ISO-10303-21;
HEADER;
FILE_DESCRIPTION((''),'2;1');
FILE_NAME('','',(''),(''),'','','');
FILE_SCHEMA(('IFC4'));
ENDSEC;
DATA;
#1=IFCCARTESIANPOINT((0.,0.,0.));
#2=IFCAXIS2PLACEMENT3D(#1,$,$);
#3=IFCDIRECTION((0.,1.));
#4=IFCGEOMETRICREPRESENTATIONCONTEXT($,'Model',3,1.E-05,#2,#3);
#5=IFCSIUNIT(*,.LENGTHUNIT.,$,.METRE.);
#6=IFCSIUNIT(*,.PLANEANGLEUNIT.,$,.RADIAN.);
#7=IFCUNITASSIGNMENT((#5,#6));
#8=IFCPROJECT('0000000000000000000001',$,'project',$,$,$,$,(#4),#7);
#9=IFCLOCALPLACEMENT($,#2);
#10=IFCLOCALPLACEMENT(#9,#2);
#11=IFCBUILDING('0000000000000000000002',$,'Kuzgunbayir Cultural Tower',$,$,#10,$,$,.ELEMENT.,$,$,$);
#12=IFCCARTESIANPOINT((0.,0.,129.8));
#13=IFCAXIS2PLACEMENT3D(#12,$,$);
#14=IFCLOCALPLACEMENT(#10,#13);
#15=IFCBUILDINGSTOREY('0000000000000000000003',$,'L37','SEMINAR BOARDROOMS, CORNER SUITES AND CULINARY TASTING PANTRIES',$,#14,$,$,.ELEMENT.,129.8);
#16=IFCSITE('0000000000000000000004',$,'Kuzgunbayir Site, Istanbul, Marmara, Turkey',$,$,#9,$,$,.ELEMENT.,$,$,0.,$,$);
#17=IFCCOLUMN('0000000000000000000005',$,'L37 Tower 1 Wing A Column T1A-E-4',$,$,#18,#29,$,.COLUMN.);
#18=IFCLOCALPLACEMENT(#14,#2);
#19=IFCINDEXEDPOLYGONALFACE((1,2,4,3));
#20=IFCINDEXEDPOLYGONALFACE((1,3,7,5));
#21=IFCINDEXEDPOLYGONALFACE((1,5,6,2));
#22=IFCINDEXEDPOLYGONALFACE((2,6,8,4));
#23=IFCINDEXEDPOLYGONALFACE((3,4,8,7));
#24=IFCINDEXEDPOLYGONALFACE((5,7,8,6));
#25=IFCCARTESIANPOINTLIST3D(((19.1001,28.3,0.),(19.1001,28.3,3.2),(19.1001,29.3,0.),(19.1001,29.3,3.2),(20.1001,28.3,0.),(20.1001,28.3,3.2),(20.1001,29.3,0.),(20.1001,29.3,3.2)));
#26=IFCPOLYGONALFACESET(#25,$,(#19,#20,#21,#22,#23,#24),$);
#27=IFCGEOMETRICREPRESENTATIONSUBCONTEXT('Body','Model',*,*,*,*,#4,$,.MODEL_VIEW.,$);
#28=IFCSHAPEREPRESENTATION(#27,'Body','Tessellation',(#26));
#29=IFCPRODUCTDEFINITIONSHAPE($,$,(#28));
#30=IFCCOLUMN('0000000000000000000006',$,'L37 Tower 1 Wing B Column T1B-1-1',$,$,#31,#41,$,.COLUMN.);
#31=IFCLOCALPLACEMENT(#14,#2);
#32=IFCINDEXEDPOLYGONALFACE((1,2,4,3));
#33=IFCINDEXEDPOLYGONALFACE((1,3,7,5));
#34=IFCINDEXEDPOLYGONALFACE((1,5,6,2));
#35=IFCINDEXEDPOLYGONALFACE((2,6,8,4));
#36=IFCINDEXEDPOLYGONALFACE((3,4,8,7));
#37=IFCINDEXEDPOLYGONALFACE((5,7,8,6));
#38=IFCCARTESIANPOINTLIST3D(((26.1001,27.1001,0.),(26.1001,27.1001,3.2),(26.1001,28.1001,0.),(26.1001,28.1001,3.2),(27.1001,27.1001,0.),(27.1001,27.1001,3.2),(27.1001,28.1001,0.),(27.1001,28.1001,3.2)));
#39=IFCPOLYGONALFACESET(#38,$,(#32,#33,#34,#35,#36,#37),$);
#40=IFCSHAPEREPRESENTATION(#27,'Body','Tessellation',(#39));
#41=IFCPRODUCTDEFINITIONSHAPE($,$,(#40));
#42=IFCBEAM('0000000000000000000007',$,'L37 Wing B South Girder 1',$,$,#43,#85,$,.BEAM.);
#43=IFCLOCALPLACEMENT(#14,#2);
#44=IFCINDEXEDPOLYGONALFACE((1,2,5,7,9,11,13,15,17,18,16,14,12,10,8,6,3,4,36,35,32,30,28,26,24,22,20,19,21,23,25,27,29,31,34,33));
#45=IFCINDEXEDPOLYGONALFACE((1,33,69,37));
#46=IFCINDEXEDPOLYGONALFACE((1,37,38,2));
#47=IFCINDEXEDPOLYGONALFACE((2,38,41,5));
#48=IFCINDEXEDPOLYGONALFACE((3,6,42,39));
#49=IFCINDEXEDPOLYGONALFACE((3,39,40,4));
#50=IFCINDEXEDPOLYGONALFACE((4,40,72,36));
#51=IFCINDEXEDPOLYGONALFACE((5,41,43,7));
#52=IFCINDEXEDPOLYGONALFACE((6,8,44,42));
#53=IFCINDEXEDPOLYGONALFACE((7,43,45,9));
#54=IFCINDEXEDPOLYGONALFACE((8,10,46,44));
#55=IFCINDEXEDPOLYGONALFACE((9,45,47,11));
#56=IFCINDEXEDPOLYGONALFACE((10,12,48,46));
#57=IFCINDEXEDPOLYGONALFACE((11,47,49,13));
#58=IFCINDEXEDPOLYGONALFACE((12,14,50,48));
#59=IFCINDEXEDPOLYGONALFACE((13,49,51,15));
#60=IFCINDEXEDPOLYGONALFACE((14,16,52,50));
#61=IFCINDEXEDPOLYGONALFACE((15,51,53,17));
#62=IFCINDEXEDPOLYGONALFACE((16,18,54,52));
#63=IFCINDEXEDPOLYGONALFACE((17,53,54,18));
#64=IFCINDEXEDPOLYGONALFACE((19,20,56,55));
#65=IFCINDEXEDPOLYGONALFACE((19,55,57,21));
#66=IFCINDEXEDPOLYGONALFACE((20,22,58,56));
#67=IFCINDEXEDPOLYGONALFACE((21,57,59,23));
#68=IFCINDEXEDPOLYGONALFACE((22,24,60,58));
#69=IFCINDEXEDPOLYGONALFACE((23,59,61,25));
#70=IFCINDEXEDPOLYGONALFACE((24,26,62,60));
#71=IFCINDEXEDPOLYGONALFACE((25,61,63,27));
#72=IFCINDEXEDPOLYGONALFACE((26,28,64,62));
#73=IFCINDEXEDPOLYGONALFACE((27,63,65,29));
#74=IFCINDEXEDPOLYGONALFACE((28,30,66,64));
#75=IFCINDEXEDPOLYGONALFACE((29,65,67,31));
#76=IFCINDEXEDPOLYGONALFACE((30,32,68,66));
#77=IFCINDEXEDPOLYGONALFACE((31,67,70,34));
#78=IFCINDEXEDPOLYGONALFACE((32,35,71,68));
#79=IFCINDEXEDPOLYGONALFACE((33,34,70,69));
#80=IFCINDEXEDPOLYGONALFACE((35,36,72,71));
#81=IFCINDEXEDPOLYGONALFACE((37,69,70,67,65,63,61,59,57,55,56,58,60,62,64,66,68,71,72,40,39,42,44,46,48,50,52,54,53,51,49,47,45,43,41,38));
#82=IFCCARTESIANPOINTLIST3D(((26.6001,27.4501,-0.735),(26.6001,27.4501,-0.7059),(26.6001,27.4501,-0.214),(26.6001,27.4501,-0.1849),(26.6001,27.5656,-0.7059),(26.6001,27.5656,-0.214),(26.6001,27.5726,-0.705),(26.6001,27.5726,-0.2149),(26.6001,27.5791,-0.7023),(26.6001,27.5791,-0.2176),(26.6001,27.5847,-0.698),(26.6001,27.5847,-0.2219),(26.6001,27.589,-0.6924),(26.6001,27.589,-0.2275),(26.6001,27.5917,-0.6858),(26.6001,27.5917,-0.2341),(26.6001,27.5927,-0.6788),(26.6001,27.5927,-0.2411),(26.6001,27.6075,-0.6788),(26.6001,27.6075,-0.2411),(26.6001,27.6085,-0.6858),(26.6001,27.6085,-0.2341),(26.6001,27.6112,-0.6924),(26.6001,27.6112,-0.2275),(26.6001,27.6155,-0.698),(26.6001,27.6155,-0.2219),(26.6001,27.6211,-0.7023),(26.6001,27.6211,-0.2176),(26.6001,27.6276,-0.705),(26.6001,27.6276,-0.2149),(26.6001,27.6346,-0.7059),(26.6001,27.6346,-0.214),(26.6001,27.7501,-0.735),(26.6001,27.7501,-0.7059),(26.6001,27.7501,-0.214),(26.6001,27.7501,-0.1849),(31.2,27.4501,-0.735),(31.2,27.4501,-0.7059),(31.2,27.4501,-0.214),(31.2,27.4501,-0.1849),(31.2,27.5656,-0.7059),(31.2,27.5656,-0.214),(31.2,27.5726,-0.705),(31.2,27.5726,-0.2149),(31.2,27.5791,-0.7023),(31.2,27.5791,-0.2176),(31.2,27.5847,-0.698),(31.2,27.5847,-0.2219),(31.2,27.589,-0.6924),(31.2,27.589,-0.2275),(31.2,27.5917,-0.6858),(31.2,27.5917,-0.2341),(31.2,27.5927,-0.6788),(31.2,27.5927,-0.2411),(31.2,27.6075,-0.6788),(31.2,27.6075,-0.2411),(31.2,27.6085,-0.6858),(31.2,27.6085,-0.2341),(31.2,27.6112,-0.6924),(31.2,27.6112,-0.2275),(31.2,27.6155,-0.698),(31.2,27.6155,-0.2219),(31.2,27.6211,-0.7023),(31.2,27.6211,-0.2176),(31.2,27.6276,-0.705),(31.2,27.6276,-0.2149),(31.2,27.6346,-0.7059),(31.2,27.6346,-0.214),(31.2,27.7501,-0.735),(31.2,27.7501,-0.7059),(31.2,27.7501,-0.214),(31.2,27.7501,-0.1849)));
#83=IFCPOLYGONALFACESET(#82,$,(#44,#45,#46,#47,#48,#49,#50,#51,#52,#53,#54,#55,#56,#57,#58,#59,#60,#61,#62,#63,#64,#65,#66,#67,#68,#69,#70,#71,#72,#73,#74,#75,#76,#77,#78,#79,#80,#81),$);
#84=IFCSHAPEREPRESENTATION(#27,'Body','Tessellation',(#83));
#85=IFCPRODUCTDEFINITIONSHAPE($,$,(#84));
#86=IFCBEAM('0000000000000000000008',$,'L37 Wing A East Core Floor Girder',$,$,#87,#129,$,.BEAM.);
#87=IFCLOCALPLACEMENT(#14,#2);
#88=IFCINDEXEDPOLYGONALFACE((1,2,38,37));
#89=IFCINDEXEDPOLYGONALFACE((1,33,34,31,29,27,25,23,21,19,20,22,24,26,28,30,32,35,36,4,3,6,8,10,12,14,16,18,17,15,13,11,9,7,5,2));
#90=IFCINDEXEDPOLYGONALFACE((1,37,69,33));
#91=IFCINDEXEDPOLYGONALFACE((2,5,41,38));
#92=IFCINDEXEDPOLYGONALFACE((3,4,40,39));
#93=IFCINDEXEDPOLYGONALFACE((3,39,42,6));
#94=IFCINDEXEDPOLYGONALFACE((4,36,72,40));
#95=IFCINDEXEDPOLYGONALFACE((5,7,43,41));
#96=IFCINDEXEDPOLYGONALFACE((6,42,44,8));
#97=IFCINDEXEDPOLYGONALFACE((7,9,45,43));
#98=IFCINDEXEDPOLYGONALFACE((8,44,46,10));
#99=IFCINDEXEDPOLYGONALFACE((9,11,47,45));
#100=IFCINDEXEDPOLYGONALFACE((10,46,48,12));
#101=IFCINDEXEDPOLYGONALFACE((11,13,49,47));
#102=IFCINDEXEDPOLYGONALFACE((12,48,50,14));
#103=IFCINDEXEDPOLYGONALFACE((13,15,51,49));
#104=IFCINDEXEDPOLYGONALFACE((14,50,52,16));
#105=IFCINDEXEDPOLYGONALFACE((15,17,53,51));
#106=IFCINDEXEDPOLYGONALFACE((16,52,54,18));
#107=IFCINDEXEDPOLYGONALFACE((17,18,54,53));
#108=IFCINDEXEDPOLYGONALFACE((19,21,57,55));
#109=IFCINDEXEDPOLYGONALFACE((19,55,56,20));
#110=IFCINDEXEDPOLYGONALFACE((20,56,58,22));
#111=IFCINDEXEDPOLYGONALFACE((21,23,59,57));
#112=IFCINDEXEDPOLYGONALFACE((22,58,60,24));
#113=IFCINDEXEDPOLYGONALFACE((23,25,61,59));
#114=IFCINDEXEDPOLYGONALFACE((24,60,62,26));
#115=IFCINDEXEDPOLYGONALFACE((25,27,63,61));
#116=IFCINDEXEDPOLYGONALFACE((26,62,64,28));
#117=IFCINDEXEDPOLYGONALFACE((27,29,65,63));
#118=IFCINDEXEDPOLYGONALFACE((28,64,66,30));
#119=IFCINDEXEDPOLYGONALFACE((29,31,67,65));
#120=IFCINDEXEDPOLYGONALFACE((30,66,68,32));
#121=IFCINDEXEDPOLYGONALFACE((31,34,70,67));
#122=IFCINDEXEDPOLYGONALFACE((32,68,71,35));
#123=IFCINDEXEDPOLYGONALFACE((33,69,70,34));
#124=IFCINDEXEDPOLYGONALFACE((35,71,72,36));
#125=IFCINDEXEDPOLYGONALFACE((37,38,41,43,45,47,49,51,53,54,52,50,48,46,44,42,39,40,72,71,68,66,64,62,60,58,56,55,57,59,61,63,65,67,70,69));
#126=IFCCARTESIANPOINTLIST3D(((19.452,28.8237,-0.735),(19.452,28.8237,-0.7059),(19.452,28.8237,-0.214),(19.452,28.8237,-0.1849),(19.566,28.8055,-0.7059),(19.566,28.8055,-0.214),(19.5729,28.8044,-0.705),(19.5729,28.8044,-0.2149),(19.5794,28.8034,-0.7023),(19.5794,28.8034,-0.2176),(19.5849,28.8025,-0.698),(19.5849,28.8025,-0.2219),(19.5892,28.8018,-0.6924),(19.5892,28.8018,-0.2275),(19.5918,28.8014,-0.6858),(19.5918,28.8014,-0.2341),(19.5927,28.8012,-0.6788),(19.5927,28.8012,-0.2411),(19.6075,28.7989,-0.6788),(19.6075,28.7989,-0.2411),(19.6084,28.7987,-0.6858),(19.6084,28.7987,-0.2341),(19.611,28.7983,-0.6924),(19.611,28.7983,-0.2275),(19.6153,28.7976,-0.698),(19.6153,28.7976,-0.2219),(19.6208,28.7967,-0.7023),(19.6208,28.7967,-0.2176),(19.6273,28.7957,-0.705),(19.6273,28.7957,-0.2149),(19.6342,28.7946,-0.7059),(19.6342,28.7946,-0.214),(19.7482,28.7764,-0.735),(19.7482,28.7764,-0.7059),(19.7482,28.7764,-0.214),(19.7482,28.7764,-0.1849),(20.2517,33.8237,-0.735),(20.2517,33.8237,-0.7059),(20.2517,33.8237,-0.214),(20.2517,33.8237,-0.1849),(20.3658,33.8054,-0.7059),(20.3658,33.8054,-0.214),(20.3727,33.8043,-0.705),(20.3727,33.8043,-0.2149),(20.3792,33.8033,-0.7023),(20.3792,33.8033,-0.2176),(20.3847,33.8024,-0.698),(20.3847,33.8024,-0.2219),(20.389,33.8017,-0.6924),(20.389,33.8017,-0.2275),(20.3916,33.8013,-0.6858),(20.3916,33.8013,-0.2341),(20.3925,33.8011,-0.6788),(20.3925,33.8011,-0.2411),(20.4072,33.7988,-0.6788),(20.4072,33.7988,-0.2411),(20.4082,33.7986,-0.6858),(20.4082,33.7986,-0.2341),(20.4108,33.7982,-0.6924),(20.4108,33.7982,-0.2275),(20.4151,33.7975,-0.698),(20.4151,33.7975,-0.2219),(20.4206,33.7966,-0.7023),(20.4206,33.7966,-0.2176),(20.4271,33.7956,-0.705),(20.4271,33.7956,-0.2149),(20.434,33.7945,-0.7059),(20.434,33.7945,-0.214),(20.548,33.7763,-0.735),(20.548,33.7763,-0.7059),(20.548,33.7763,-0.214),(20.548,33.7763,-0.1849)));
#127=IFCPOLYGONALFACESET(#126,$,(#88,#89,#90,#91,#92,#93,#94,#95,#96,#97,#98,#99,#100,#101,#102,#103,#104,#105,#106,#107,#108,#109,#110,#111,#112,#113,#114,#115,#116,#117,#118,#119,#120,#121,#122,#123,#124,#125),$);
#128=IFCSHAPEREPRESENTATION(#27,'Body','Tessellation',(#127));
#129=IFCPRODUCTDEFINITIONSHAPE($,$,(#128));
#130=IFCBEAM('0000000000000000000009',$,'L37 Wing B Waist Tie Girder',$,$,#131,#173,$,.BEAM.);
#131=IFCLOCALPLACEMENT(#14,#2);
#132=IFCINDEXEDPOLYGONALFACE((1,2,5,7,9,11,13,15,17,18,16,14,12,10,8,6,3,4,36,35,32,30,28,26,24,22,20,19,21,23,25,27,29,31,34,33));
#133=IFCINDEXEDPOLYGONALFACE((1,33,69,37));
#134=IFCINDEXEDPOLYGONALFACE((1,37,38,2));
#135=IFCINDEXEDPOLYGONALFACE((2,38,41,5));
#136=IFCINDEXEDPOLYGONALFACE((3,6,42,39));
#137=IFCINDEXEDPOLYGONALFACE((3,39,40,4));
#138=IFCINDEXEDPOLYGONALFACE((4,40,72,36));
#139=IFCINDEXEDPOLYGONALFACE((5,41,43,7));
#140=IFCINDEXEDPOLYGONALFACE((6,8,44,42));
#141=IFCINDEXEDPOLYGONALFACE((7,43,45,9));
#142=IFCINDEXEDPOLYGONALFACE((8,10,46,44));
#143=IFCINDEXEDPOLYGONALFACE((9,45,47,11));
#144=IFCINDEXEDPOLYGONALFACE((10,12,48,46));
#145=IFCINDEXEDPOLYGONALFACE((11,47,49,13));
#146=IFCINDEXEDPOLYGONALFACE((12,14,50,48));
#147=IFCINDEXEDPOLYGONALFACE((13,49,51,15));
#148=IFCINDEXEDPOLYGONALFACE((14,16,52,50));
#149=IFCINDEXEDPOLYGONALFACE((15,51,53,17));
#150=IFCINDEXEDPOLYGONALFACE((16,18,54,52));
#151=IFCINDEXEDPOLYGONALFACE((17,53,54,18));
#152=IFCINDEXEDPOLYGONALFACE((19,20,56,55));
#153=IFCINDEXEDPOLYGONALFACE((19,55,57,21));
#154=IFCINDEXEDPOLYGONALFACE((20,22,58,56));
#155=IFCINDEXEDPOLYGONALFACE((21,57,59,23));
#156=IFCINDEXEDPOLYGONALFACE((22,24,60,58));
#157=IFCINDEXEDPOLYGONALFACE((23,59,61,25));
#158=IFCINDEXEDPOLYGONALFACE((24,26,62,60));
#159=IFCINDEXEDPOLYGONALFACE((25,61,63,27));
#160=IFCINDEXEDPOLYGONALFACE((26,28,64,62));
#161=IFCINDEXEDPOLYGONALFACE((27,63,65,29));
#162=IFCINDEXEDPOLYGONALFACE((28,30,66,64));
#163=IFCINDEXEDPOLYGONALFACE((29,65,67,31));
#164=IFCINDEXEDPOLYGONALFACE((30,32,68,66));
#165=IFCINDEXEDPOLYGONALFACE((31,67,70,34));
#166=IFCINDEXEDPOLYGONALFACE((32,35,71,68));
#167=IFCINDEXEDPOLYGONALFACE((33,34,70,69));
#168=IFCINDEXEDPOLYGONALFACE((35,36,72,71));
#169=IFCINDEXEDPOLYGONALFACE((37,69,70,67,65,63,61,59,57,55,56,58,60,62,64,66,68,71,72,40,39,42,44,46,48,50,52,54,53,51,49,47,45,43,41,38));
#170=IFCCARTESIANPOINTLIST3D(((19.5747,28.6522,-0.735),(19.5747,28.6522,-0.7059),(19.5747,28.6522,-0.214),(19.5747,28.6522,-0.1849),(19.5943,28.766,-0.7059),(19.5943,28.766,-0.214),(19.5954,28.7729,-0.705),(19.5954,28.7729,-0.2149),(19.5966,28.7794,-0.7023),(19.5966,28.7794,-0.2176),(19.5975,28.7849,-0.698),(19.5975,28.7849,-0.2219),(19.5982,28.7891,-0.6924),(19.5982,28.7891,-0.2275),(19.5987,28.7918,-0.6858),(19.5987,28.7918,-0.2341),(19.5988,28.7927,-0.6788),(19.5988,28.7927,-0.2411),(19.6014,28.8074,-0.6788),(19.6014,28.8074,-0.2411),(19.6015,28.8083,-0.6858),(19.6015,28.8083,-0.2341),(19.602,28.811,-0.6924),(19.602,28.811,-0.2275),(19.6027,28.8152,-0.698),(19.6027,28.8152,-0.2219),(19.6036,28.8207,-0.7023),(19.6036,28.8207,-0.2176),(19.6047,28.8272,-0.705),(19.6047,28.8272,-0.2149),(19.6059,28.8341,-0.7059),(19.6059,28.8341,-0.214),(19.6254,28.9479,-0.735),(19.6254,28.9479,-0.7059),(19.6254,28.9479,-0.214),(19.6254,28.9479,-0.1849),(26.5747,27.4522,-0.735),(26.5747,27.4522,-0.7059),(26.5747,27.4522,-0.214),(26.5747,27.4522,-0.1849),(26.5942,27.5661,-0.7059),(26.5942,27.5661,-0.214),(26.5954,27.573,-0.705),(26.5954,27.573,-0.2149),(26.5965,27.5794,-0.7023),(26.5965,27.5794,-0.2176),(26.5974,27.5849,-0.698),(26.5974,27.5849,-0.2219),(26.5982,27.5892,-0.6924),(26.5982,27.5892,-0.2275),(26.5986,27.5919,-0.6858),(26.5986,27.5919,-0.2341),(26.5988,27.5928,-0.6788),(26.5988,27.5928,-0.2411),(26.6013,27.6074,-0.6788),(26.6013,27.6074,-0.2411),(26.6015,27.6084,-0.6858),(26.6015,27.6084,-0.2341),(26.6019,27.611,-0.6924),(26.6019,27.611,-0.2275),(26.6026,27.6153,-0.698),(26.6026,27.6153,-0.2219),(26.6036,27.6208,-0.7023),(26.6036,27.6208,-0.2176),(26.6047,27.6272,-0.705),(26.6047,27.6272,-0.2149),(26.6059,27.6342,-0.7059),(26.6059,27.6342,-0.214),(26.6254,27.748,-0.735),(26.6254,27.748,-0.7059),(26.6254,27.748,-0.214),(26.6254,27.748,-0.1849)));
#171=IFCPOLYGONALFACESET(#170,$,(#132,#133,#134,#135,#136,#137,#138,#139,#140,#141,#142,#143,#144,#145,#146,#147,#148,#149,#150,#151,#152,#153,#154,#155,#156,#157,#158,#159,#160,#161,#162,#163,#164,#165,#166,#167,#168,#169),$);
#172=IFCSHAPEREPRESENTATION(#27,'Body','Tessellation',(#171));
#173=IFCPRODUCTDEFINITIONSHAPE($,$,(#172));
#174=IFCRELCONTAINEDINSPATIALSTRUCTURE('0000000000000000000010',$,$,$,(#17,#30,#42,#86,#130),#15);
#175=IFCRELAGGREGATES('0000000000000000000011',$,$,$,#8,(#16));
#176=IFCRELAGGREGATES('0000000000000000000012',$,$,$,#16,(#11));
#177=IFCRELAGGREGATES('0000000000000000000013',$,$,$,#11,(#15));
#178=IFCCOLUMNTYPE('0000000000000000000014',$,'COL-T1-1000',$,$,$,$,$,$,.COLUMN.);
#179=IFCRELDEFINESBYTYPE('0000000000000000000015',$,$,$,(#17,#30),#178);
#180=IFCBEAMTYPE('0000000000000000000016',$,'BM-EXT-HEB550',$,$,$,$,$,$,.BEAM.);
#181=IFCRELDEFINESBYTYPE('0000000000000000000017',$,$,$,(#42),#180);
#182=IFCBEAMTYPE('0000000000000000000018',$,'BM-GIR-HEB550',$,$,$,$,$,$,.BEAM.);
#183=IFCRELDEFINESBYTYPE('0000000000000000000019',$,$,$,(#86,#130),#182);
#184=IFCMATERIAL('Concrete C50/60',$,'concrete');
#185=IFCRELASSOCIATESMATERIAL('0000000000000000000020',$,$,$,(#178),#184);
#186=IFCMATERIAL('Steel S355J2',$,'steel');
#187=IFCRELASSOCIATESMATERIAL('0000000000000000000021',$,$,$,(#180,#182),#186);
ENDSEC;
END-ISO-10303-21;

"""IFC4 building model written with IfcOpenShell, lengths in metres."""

from ifc_helpers import new_model, si_unit, direction, frame, origin, origin_2d, place, context, subcontext, project, spatial, rectangle, i_section, extrude, material, material_profile, profile_set, type_object, element, save


model = new_model("IFC4")

# Units and contexts
model_context = context("Model", 3, precision=1e-05, world=origin(), true_north=direction((0.0, 1.0)))
body_context = subcontext(model_context, "Body", "Model", "MODEL_VIEW")
ifc_project = project(units=[si_unit("LENGTHUNIT", "METRE"), si_unit("PLANEANGLEUNIT", "RADIAN")], contexts=[model_context])

# Site, building, storey
site_placement = place(None, origin())
site = spatial("IfcSite", under=ifc_project, at=site_placement, Name="Kuzgunbayir Site, Istanbul, Marmara, Turkey", CompositionType="ELEMENT", RefElevation=0.0)
building_placement = place(site_placement, origin())
building = spatial("IfcBuilding", under=site, at=building_placement, Name="Kuzgunbayir Cultural Tower", CompositionType="ELEMENT")
storey_placement = place(building_placement, frame((0.0, 0.0, 129.8)))
storey = spatial("IfcBuildingStorey", under=building, at=storey_placement, Name="L37", Description="SEMINAR BOARDROOMS, CORNER SUITES AND CULINARY TASTING PANTRIES", CompositionType="ELEMENT", Elevation=129.8)

# Columns
ifc_material_1 = material(Name="Concrete C50/60", Category="concrete")
ifc_material_profile_1 = material_profile(ifc_material_1, rectangle(XDim=1.0, YDim=1.0, at=origin_2d()), Name="RC 1000x1000")
ifc_profile_set_1 = profile_set([ifc_material_profile_1], Name="Concrete C50/60")
column_type = type_object("IfcColumnType", Name="COL-T1-1000", PredefinedType="COLUMN", material=ifc_profile_set_1)
for number, where, z_axis, x_axis, name in (
    (1, (19.6001, 28.8, 0.0), (0.0, 0.0, 1.0), (1.0, 0.0, 0.0), "L37 Tower 1 Wing A Column T1A-E-4"),
    (2, (26.6001, 27.6001, 0.0), (0.0, 0.0, 1.0), (1.0, 0.0, 0.0), "L37 Tower 1 Wing B Column T1B-1-1"),
):
    element("IfcColumn", number, at=place(storey_placement, frame(where, z_axis=z_axis, x_axis=x_axis)), inside=storey, type_object=column_type, Name=name, PredefinedType="COLUMN", context=body_context, shape_type="SweptSolid", body=[
        extrude(rectangle(XDim=1.0, YDim=1.0, at=origin_2d()), origin(), (0.0, 0.0, 1.0), 3.2),
    ])

# Beams
ifc_material_2 = material(Name="Steel S355J2", Category="steel")
ifc_material_profile_2 = material_profile(ifc_material_2, i_section(OverallWidth=0.3, OverallDepth=0.55, WebThickness=0.0149, FlangeThickness=0.0291, FilletRadius=0.0271, at=origin_2d()), Name="HEB 550")
ifc_profile_set_2 = profile_set([ifc_material_profile_2], Name="Steel S355J2")
beam_type_1 = type_object("IfcBeamType", Name="BM-EXT-HEB550", PredefinedType="BEAM", material=ifc_profile_set_2)
beam_1_placement = place(storey_placement, frame((26.6001, 27.6001, -0.46), z_axis=(1.0, 0.0, 0.0), x_axis=(0.0, 1.0, 0.0)))
element("IfcBeam", 3, at=beam_1_placement, inside=storey, type_object=beam_type_1, Name="L37 Wing B South Girder 1", PredefinedType="BEAM", context=body_context, shape_type="SweptSolid", body=[
    extrude(i_section(OverallWidth=0.3, OverallDepth=0.55, WebThickness=0.0149, FlangeThickness=0.0291, FilletRadius=0.0271, at=origin_2d()), origin(), (0.0, 0.0, 1.0), 4.5999),
])
ifc_material_profile_3 = material_profile(ifc_material_2, i_section(OverallWidth=0.3, OverallDepth=0.55, WebThickness=0.0149, FlangeThickness=0.0291, FilletRadius=0.0271, at=origin_2d()), Name="HEB 550")
ifc_profile_set_3 = profile_set([ifc_material_profile_3], Name="Steel S355J2")
beam_type_2 = type_object("IfcBeamType", Name="BM-GIR-HEB550", PredefinedType="BEAM", material=ifc_profile_set_3)
beam_2_placement = place(storey_placement, frame((19.6001, 28.8, -0.46), z_axis=(0.157953, 0.987447, 0.0), x_axis=(-0.987447, 0.157953, 0.0)))
element("IfcBeam", 4, at=beam_2_placement, inside=storey, type_object=beam_type_2, Name="L37 Wing A East Core Floor Girder", PredefinedType="BEAM", context=body_context, shape_type="SweptSolid", body=[
    extrude(i_section(OverallWidth=0.3, OverallDepth=0.55, WebThickness=0.0149, FlangeThickness=0.0291, FilletRadius=0.0271, at=origin_2d()), origin(), (0.0, 0.0, 1.0), 5.0635),
])
beam_3_placement = place(storey_placement, frame((19.6001, 28.8, -0.46), z_axis=(0.985623, -0.168957, 0.0), x_axis=(0.168957, 0.985623, 0.0)))
element("IfcBeam", 5, at=beam_3_placement, inside=storey, type_object=beam_type_2, Name="L37 Wing B Waist Tie Girder", PredefinedType="BEAM", context=body_context, shape_type="SweptSolid", body=[
    extrude(i_section(OverallWidth=0.3, OverallDepth=0.55, WebThickness=0.0149, FlangeThickness=0.0291, FilletRadius=0.0271, at=origin_2d()), origin(), (0.0, 0.0, 1.0), 7.1021),
])

save(model, "model.ifc")
